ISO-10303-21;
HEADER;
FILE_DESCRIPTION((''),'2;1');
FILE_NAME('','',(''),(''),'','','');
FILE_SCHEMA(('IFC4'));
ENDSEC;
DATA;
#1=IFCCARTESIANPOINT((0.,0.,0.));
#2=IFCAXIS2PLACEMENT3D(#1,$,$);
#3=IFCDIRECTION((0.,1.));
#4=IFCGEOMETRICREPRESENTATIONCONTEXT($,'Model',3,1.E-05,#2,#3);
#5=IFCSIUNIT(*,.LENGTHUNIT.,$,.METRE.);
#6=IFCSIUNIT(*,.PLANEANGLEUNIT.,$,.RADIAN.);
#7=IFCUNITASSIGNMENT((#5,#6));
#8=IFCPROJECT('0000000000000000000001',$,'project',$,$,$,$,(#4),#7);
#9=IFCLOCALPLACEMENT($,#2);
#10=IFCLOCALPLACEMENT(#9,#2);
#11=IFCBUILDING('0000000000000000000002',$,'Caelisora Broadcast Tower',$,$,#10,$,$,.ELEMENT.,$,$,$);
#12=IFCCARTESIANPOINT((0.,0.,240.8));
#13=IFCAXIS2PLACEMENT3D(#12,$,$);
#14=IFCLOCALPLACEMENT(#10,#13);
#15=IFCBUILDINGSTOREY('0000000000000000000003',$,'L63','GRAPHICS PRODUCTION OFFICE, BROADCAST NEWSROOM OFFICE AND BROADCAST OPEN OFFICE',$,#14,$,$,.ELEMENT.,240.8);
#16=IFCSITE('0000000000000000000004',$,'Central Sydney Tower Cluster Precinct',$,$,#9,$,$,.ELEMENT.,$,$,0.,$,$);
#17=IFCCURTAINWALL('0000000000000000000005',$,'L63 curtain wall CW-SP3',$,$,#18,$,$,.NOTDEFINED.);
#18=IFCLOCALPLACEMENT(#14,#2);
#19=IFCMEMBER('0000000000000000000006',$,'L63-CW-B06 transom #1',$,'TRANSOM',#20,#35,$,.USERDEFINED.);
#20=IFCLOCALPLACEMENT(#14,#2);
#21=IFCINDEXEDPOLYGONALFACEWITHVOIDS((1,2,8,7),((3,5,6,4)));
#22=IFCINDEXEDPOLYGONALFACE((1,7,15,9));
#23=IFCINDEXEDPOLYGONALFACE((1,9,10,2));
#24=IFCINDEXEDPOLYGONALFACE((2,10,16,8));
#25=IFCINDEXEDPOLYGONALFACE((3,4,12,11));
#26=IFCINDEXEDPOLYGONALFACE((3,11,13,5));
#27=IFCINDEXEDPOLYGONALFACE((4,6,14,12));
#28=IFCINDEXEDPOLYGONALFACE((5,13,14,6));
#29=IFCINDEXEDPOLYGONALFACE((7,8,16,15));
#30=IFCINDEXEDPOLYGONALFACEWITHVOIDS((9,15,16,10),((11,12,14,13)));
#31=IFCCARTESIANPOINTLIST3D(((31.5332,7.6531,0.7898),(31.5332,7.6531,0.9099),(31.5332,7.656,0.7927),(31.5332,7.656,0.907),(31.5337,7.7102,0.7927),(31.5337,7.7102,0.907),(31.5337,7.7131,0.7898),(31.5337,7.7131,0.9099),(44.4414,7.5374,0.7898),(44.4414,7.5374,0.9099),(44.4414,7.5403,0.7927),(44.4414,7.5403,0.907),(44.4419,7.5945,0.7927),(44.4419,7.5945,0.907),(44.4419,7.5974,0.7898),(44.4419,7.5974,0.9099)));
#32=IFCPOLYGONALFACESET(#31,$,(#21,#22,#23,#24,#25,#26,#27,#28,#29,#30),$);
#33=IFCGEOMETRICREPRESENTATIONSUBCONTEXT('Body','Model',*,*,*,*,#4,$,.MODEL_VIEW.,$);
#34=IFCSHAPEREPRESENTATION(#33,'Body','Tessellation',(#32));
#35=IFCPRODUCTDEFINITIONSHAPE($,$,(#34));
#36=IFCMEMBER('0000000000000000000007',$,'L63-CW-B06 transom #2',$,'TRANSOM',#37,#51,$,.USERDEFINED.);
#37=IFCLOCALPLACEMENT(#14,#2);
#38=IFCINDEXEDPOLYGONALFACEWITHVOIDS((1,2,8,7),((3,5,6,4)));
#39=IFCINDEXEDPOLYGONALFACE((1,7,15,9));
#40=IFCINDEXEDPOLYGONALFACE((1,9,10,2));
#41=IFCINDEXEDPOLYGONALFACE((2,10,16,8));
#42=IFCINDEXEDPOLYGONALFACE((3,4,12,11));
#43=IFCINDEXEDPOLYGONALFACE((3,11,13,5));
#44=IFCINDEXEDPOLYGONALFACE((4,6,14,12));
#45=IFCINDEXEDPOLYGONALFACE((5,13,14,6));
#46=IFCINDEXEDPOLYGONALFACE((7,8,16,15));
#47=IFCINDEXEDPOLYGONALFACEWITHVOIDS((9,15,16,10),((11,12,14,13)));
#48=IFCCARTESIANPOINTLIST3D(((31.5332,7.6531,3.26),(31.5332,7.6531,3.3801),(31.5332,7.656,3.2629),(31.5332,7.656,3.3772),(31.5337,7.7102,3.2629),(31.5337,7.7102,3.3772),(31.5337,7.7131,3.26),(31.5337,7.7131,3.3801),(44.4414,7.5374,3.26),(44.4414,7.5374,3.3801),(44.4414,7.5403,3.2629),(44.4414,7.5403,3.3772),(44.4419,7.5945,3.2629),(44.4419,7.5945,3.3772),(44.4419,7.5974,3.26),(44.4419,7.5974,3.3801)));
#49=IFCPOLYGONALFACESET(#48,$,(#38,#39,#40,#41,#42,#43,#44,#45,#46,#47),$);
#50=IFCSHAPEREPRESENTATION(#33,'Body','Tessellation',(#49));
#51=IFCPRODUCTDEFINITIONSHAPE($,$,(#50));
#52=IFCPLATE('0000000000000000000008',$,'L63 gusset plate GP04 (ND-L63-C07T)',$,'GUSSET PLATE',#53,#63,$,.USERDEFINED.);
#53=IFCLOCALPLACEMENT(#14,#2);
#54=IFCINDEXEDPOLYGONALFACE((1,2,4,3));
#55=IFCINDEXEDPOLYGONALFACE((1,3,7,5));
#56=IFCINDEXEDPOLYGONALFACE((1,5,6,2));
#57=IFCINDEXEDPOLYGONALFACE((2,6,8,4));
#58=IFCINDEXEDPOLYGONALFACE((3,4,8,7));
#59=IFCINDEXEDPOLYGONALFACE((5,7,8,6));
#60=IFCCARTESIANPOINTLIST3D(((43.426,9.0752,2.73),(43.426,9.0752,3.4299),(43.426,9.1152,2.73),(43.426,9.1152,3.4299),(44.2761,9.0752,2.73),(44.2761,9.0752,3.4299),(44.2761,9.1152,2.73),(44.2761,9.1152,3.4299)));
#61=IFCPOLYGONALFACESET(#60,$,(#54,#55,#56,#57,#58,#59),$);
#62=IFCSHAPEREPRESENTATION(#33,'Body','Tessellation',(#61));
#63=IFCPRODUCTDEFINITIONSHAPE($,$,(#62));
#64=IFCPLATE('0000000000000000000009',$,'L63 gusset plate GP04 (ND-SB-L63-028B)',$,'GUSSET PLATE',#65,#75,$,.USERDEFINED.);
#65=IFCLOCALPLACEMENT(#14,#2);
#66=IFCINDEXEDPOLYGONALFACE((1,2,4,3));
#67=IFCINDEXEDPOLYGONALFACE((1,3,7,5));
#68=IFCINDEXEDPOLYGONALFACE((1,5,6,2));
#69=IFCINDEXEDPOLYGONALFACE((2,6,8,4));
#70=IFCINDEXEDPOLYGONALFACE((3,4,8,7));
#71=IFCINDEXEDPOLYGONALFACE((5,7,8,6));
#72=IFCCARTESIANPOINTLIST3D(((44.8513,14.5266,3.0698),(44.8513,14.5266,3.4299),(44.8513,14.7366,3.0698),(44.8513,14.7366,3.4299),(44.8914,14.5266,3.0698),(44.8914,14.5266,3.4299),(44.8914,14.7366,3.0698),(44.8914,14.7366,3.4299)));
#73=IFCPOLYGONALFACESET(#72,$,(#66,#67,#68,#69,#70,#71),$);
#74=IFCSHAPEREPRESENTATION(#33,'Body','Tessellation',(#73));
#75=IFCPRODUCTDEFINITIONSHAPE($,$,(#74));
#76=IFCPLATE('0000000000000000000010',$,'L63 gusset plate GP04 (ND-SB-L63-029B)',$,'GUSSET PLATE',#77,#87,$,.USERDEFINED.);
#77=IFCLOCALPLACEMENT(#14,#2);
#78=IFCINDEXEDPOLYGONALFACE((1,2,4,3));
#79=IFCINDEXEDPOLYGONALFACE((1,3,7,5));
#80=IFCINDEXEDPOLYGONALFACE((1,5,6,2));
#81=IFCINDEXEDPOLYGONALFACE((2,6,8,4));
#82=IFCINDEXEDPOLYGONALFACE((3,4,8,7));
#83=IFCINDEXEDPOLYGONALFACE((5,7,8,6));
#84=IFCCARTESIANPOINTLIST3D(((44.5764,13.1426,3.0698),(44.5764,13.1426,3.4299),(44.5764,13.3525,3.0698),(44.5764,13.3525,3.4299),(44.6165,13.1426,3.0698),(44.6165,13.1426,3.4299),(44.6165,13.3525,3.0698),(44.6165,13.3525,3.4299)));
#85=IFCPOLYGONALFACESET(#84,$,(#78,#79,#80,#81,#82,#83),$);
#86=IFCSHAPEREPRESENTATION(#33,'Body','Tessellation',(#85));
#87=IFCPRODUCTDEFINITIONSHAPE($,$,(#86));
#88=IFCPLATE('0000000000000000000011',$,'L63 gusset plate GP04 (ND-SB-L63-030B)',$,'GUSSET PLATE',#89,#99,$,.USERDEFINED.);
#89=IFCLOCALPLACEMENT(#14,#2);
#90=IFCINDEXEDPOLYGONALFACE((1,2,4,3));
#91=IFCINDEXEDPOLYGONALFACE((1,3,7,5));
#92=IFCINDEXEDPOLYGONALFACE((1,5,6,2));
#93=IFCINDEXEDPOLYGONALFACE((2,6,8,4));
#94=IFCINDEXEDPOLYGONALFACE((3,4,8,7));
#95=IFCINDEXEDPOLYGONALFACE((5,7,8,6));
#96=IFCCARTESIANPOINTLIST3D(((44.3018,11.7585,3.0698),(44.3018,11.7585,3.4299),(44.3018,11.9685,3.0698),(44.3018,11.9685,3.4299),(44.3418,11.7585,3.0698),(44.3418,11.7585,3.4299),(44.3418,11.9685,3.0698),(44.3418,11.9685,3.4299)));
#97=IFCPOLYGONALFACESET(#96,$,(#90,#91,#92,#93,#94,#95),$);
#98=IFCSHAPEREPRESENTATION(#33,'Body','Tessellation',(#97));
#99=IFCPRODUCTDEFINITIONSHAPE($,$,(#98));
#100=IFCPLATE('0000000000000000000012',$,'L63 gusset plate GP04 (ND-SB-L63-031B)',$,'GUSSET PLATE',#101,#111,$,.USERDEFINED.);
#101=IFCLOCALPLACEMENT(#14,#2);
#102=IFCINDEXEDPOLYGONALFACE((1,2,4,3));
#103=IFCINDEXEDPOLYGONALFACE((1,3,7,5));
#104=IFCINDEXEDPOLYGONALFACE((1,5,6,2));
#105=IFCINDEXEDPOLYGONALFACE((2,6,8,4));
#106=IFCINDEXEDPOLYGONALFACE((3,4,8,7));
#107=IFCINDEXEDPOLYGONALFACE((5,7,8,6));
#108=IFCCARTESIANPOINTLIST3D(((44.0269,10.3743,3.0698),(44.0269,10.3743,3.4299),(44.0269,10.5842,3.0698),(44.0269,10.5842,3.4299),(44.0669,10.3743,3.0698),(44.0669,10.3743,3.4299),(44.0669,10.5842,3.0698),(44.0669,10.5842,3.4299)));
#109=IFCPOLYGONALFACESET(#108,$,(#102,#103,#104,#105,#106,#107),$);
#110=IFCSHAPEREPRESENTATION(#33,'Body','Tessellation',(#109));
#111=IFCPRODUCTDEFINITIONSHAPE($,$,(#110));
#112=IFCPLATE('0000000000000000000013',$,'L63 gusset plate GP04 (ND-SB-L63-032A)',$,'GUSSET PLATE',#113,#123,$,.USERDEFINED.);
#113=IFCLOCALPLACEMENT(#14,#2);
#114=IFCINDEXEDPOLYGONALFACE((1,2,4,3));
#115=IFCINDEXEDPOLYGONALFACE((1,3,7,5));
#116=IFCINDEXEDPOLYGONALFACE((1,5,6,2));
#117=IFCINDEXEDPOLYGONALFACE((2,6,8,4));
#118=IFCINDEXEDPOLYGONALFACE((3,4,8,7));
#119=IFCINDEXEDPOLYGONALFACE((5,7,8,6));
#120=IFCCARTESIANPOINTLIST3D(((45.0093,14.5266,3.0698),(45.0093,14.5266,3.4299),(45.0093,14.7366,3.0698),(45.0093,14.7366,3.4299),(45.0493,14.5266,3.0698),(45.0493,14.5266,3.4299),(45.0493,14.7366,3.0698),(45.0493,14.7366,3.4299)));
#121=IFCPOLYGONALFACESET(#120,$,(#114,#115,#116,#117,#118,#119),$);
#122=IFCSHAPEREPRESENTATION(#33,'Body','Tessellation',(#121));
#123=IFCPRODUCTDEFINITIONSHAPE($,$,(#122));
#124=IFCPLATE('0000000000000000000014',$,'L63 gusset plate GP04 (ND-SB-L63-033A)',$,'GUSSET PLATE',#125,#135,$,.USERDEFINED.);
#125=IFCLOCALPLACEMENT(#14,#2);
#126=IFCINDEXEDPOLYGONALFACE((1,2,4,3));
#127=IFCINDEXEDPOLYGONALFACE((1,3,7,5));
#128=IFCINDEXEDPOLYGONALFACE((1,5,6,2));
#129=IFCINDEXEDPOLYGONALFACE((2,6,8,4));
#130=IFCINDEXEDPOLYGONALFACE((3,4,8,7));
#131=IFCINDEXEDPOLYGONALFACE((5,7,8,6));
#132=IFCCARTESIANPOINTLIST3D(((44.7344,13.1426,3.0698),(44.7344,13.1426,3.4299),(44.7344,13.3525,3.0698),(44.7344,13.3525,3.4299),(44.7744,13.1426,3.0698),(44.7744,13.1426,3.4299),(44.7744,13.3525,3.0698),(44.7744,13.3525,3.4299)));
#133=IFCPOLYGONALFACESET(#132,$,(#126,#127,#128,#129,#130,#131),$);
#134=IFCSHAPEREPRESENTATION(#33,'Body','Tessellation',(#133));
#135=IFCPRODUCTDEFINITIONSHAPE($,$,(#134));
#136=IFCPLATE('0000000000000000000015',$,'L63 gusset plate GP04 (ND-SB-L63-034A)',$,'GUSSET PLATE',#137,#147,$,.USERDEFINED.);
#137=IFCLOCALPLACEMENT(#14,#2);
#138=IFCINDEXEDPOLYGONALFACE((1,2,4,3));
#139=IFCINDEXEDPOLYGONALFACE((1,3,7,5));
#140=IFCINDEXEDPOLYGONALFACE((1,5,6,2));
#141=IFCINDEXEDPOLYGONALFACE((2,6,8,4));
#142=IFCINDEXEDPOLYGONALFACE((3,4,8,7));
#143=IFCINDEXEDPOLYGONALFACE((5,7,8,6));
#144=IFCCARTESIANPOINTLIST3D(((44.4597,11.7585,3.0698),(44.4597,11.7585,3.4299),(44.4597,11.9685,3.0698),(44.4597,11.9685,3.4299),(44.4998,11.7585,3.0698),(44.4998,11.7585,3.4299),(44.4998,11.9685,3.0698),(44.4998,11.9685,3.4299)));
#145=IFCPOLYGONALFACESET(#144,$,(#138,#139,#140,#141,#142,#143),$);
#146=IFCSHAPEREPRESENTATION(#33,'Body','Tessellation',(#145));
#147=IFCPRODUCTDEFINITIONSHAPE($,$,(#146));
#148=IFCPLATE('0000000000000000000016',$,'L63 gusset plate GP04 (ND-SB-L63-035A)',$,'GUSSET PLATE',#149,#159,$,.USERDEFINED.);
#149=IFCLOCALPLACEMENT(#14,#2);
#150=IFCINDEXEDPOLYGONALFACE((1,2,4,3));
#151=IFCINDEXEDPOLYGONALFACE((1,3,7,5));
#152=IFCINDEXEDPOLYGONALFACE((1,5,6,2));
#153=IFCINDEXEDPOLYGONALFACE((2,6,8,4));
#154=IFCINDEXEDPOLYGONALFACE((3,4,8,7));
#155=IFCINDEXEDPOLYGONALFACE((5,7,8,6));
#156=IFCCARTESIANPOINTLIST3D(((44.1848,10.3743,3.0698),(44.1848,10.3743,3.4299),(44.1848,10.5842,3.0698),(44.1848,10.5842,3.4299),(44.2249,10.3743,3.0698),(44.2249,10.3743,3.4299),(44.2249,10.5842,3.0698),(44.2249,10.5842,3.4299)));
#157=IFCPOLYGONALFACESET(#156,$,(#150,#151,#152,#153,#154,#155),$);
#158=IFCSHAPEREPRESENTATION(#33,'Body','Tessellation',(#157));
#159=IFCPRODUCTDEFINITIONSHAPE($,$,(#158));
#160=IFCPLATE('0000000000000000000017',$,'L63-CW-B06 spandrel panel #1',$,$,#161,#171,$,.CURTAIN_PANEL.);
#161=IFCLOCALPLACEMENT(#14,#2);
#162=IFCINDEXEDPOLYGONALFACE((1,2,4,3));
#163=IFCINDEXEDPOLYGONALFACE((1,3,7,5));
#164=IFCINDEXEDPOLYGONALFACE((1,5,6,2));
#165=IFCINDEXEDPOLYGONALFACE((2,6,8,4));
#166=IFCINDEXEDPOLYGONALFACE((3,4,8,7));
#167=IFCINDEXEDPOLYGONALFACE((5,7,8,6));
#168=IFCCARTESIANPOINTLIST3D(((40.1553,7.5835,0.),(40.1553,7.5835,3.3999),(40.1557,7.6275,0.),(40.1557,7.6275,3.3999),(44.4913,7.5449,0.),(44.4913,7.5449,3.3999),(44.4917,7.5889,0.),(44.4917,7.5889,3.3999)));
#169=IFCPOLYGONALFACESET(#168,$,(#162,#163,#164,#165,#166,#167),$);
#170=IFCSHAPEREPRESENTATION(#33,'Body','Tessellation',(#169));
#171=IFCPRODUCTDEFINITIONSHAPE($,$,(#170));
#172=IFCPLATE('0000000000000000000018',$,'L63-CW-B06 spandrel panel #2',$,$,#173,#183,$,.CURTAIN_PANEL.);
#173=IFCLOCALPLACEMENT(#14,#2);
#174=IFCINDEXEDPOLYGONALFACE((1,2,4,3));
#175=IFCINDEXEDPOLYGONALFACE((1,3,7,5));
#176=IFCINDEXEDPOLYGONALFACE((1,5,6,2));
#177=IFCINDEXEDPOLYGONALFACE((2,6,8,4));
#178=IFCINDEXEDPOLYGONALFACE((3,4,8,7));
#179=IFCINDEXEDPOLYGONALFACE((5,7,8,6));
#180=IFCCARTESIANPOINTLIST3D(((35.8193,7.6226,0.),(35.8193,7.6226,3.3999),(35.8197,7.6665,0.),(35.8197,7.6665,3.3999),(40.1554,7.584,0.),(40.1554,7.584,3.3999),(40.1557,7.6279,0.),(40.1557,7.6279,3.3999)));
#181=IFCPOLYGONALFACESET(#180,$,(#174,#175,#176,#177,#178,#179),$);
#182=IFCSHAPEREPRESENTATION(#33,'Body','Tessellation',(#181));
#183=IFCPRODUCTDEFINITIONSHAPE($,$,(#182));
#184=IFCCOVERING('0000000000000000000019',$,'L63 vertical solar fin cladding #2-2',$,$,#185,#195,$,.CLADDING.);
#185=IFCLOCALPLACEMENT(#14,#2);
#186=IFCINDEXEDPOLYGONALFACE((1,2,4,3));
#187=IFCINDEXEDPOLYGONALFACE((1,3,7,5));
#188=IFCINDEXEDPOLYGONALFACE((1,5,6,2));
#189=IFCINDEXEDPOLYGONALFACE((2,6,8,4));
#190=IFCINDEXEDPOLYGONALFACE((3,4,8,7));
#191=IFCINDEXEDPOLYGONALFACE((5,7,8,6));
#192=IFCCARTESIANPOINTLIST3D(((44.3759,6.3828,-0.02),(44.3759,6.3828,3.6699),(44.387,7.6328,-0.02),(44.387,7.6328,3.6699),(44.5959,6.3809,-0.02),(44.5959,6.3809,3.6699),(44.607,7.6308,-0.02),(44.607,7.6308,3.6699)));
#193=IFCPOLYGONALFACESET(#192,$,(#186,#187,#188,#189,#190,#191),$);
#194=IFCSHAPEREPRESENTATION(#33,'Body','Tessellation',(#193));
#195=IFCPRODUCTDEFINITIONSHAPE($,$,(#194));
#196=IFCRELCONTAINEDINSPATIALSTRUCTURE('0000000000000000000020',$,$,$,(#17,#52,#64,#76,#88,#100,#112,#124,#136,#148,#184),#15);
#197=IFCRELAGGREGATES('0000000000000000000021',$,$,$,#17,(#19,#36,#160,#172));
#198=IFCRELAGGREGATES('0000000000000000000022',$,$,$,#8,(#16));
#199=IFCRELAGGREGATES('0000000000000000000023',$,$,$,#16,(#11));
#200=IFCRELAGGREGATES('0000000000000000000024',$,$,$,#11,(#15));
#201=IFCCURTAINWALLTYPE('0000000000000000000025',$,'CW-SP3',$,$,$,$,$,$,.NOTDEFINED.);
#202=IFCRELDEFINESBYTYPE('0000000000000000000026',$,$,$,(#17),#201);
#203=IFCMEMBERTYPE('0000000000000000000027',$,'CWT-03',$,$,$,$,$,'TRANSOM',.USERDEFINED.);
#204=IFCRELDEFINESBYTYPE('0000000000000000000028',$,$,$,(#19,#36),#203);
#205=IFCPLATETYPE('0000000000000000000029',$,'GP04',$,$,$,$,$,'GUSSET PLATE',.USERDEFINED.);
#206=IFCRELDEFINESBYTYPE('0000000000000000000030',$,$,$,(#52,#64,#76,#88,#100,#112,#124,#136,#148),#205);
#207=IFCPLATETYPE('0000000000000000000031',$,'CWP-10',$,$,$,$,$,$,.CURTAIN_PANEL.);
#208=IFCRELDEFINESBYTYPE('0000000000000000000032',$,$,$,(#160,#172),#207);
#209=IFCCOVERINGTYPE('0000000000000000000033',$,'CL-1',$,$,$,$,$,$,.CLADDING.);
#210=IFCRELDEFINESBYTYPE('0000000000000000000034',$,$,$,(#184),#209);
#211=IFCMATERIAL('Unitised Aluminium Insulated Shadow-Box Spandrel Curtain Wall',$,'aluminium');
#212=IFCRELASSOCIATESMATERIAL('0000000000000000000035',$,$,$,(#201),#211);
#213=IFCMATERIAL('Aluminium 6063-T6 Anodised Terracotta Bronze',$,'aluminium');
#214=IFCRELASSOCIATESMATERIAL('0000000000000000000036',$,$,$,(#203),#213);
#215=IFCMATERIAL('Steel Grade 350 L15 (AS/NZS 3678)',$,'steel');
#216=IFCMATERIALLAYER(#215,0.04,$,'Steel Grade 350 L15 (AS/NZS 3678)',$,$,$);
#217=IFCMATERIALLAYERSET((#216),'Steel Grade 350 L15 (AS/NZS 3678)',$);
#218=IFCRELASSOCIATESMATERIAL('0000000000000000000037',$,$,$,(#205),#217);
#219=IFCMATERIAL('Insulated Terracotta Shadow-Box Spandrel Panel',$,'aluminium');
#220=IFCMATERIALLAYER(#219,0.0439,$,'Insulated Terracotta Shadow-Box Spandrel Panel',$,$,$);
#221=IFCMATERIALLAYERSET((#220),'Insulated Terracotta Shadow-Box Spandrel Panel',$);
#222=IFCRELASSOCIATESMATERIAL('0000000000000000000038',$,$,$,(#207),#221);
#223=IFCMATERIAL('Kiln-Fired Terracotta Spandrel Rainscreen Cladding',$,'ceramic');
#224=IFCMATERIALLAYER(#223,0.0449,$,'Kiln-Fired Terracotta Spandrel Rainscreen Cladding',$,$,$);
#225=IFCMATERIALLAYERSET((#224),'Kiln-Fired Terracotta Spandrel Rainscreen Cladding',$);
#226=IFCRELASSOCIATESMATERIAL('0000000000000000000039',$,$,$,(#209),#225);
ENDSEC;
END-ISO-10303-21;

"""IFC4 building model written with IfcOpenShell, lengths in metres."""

from ifc_helpers import new_model, si_unit, direction, frame, origin, origin_2d, place, context, subcontext, project, spatial, rectangle, hollow_rectangle, extrude, source, transform, mapped, material, layer, layer_set, material_profile, profile_set, type_object, type_shapes, element, aggregate, save


model = new_model("IFC4")

# Units and contexts
model_context = context("Model", 3, precision=1e-05, world=origin(), true_north=direction((0.0, 1.0)))
body_context = subcontext(model_context, "Body", "Model", "MODEL_VIEW")
ifc_project = project(units=[si_unit("LENGTHUNIT", "METRE"), si_unit("PLANEANGLEUNIT", "RADIAN")], contexts=[model_context])

# Site, building, storey
site_placement = place(None, origin())
site = spatial("IfcSite", under=ifc_project, at=site_placement, Name="Central Sydney Tower Cluster Precinct", CompositionType="ELEMENT", RefElevation=0.0)
building_placement = place(site_placement, origin())
building = spatial("IfcBuilding", under=site, at=building_placement, Name="Caelisora Broadcast Tower", CompositionType="ELEMENT")
storey_placement = place(building_placement, frame((0.0, 0.0, 240.8)))
storey = spatial("IfcBuildingStorey", under=building, at=storey_placement, Name="L63", Description="GRAPHICS PRODUCTION OFFICE, BROADCAST NEWSROOM OFFICE AND BROADCAST OPEN OFFICE", CompositionType="ELEMENT", Elevation=240.8)

# Shared definitions
ifc_material_1 = material(Name="Steel Grade 350 L15 (AS/NZS 3678)", Category="steel")

# Shared definitions
ifc_material_2 = material(Name="Aluminium 6063-T6 Anodised Terracotta Bronze", Category="aluminium")

# Curtain wall, members
ifc_material_3 = material(Name="Unitised Aluminium Insulated Shadow-Box Spandrel Curtain Wall", Category="aluminium")
curtain_wall_type_1 = type_object("IfcCurtainWallType", Name="CW-SP3", PredefinedType="NOTDEFINED", material=ifc_material_3)
curtain_wall_1_placement = place(storey_placement, origin())
curtain_wall_1 = element("IfcCurtainWall", 1, at=curtain_wall_1_placement, inside=storey, type_object=curtain_wall_type_1, Name="L63 curtain wall CW-SP3", PredefinedType="NOTDEFINED")
ifc_material_profile_1 = material_profile(ifc_material_2, hollow_rectangle(XDim=0.0601, YDim=0.1201, WallThickness=0.0029, at=origin_2d()), Name="Aluminium 6063-T6 Anodised Terracotta Bronze")
ifc_profile_set_1 = profile_set([ifc_material_profile_1], Name="Aluminium 6063-T6 Anodised Terracotta Bronze")
member_type_1 = type_object("IfcMemberType", Name="CWT-03", ElementType="TRANSOM", PredefinedType="USERDEFINED", material=ifc_profile_set_1)
shared_shape_1 = source(origin(), body_context, "Body", "SweptSolid", [
    extrude(hollow_rectangle(XDim=0.0601, YDim=0.1201, WallThickness=0.0029, at=origin_2d()), origin(), (0.0, 0.0, 1.0), 12.9087),
])
type_shapes(member_type_1, [shared_shape_1])
member_1_placement = place(storey_placement, frame((44.4417, 7.5674, 0.8499), z_axis=(-0.99996, 0.008965, 0.0), x_axis=(-0.008965, -0.99996, 0.0)))
member_1 = element("IfcMember", 2, at=member_1_placement, type_object=member_type_1, Name="L63-CW-B06 transom #1", ObjectType="TRANSOM", PredefinedType="USERDEFINED", context=body_context, shape_type="MappedRepresentation", body=[
    mapped(shared_shape_1, transform((0.0, 0.0, 0.0), scale=1.0)),
])
member_2_placement = place(storey_placement, frame((44.4417, 7.5674, 3.3201), z_axis=(-0.99996, 0.008965, 0.0), x_axis=(-0.008965, -0.99996, 0.0)))
member_2 = element("IfcMember", 3, at=member_2_placement, type_object=member_type_1, Name="L63-CW-B06 transom #2", ObjectType="TRANSOM", PredefinedType="USERDEFINED", context=body_context, shape_type="MappedRepresentation", body=[
    mapped(shared_shape_1, transform((0.0, 0.0, 0.0), scale=1.0)),
])

# Plates
ifc_layer_1 = layer(ifc_material_1, 0.04, Name="Steel Grade 350 L15 (AS/NZS 3678)")
ifc_layer_set_1 = layer_set([ifc_layer_1], Name="Steel Grade 350 L15 (AS/NZS 3678)")
plate_type_1 = type_object("IfcPlateType", Name="GP04", ElementType="GUSSET PLATE", PredefinedType="USERDEFINED", material=ifc_layer_set_1)
shared_shape_2 = source(origin(), body_context, "Body", "SweptSolid", [
    extrude(rectangle(XDim=0.8501, YDim=0.04, at=origin_2d()), origin(), (0.0, 0.0, 1.0), 0.7),
])
plate_1_placement = place(storey_placement, frame((43.8511, 9.0952, 2.73), z_axis=(0.0, 0.0, 1.0), x_axis=(1.0, 0.0, 0.0)))
element("IfcPlate", 4, at=plate_1_placement, inside=storey, type_object=plate_type_1, Name="L63 gusset plate GP04 (ND-L63-C07T)", ObjectType="GUSSET PLATE", PredefinedType="USERDEFINED", context=body_context, shape_type="MappedRepresentation", body=[
    mapped(shared_shape_2, transform((0.0, 0.0, 0.0), scale=1.0)),
])
shared_shape_3 = source(origin(), body_context, "Body", "SweptSolid", [
    extrude(rectangle(XDim=0.21, YDim=0.04, at=origin_2d()), origin(), (0.0, 0.0, 1.0), 0.3601),
])
type_shapes(plate_type_1, [shared_shape_2, shared_shape_3])
for number, where, z_axis, x_axis, name in (
    (5, (44.8713, 14.6316, 3.0698), (0.0, 0.0, 1.0), (0.0, 1.0, 0.0), "L63 gusset plate GP04 (ND-SB-L63-028B)"),
    (6, (44.5964, 13.2476, 3.0698), (0.0, 0.0, 1.0), (0.0, 1.0, 0.0), "L63 gusset plate GP04 (ND-SB-L63-029B)"),
    (7, (44.3218, 11.8635, 3.0698), (0.0, 0.0, 1.0), (0.0, 1.0, 0.0), "L63 gusset plate GP04 (ND-SB-L63-030B)"),
    (8, (44.0469, 10.4792, 3.0698), (0.0, 0.0, 1.0), (0.0, 1.0, 0.0), "L63 gusset plate GP04 (ND-SB-L63-031B)"),
    (9, (45.0293, 14.6316, 3.0698), (0.0, 0.0, 1.0), (0.0, 1.0, 0.0), "L63 gusset plate GP04 (ND-SB-L63-032A)"),
    (10, (44.7544, 13.2476, 3.0698), (0.0, 0.0, 1.0), (0.0, 1.0, 0.0), "L63 gusset plate GP04 (ND-SB-L63-033A)"),
    (11, (44.4797, 11.8635, 3.0698), (0.0, 0.0, 1.0), (0.0, 1.0, 0.0), "L63 gusset plate GP04 (ND-SB-L63-034A)"),
    (12, (44.2048, 10.4792, 3.0698), (0.0, 0.0, 1.0), (0.0, 1.0, 0.0), "L63 gusset plate GP04 (ND-SB-L63-035A)"),
):
    element("IfcPlate", number, at=place(storey_placement, frame(where, z_axis=z_axis, x_axis=x_axis)), inside=storey, type_object=plate_type_1, Name=name, ObjectType="GUSSET PLATE", PredefinedType="USERDEFINED", context=body_context, shape_type="MappedRepresentation", body=[
        mapped(shared_shape_3, transform((0.0, 0.0, 0.0), scale=1.0)),
    ])

# Plates
ifc_material_4 = material(Name="Insulated Terracotta Shadow-Box Spandrel Panel", Category="aluminium")
ifc_layer_2 = layer(ifc_material_4, 0.0439, Name="Insulated Terracotta Shadow-Box Spandrel Panel")
ifc_layer_set_2 = layer_set([ifc_layer_2], Name="Insulated Terracotta Shadow-Box Spandrel Panel")
plate_type_2 = type_object("IfcPlateType", Name="CWP-10", PredefinedType="CURTAIN_PANEL", material=ifc_layer_set_2)
shared_shape_4 = source(origin(), body_context, "Body", "SweptSolid", [
    extrude(rectangle(XDim=4.3362, YDim=0.0439, at=origin_2d()), origin(), (0.0, 0.0, 1.0), 3.3999),
])
type_shapes(plate_type_2, [shared_shape_4])
plate_2_placement = place(storey_placement, frame((42.3235, 7.5862, 0.0), z_axis=(0.0, 0.0, 1.0), x_axis=(-0.99996, 0.008901, 0.0)))
plate_2 = element("IfcPlate", 13, at=plate_2_placement, type_object=plate_type_2, Name="L63-CW-B06 spandrel panel #1", PredefinedType="CURTAIN_PANEL", context=body_context, shape_type="MappedRepresentation", body=[
    mapped(shared_shape_4, transform((0.0, 0.0, 0.0), scale=1.0)),
])
plate_3_placement = place(storey_placement, frame((37.9875, 7.6252, 0.0), z_axis=(0.0, 0.0, 1.0), x_axis=(-0.99996, 0.008901, 0.0)))
plate_3 = element("IfcPlate", 14, at=plate_3_placement, type_object=plate_type_2, Name="L63-CW-B06 spandrel panel #2", PredefinedType="CURTAIN_PANEL", context=body_context, shape_type="MappedRepresentation", body=[
    mapped(shared_shape_4, transform((0.0, 0.0, 0.0), scale=1.0)),
])
aggregate(curtain_wall_1, [member_1, member_2, plate_2, plate_3])

# Covering
ifc_material_5 = material(Name="Kiln-Fired Terracotta Spandrel Rainscreen Cladding", Category="ceramic")
ifc_layer_3 = layer(ifc_material_5, 0.0449, Name="Kiln-Fired Terracotta Spandrel Rainscreen Cladding")
ifc_layer_set_3 = layer_set([ifc_layer_3], Name="Kiln-Fired Terracotta Spandrel Rainscreen Cladding")
covering_type = type_object("IfcCoveringType", Name="CL-1", PredefinedType="CLADDING", material=ifc_layer_set_3)
shared_shape_5 = source(origin(), body_context, "Body", "SweptSolid", [
    extrude(rectangle(XDim=0.22, YDim=1.25, at=origin_2d()), origin(), (0.0, 0.0, 1.0), 3.6899),
])
type_shapes(covering_type, [shared_shape_5])
covering_placement = place(storey_placement, frame((44.4915, 7.0068, -0.02), z_axis=(0.0, 0.0, 1.0), x_axis=(-0.99996, 0.008901, 0.0)))
element("IfcCovering", 15, at=covering_placement, inside=storey, type_object=covering_type, Name="L63 vertical solar fin cladding #2-2", PredefinedType="CLADDING", context=body_context, shape_type="MappedRepresentation", body=[
    mapped(shared_shape_5, transform((0.0, 0.0, 0.0), scale=1.0)),
])

save(model, "model.ifc")
